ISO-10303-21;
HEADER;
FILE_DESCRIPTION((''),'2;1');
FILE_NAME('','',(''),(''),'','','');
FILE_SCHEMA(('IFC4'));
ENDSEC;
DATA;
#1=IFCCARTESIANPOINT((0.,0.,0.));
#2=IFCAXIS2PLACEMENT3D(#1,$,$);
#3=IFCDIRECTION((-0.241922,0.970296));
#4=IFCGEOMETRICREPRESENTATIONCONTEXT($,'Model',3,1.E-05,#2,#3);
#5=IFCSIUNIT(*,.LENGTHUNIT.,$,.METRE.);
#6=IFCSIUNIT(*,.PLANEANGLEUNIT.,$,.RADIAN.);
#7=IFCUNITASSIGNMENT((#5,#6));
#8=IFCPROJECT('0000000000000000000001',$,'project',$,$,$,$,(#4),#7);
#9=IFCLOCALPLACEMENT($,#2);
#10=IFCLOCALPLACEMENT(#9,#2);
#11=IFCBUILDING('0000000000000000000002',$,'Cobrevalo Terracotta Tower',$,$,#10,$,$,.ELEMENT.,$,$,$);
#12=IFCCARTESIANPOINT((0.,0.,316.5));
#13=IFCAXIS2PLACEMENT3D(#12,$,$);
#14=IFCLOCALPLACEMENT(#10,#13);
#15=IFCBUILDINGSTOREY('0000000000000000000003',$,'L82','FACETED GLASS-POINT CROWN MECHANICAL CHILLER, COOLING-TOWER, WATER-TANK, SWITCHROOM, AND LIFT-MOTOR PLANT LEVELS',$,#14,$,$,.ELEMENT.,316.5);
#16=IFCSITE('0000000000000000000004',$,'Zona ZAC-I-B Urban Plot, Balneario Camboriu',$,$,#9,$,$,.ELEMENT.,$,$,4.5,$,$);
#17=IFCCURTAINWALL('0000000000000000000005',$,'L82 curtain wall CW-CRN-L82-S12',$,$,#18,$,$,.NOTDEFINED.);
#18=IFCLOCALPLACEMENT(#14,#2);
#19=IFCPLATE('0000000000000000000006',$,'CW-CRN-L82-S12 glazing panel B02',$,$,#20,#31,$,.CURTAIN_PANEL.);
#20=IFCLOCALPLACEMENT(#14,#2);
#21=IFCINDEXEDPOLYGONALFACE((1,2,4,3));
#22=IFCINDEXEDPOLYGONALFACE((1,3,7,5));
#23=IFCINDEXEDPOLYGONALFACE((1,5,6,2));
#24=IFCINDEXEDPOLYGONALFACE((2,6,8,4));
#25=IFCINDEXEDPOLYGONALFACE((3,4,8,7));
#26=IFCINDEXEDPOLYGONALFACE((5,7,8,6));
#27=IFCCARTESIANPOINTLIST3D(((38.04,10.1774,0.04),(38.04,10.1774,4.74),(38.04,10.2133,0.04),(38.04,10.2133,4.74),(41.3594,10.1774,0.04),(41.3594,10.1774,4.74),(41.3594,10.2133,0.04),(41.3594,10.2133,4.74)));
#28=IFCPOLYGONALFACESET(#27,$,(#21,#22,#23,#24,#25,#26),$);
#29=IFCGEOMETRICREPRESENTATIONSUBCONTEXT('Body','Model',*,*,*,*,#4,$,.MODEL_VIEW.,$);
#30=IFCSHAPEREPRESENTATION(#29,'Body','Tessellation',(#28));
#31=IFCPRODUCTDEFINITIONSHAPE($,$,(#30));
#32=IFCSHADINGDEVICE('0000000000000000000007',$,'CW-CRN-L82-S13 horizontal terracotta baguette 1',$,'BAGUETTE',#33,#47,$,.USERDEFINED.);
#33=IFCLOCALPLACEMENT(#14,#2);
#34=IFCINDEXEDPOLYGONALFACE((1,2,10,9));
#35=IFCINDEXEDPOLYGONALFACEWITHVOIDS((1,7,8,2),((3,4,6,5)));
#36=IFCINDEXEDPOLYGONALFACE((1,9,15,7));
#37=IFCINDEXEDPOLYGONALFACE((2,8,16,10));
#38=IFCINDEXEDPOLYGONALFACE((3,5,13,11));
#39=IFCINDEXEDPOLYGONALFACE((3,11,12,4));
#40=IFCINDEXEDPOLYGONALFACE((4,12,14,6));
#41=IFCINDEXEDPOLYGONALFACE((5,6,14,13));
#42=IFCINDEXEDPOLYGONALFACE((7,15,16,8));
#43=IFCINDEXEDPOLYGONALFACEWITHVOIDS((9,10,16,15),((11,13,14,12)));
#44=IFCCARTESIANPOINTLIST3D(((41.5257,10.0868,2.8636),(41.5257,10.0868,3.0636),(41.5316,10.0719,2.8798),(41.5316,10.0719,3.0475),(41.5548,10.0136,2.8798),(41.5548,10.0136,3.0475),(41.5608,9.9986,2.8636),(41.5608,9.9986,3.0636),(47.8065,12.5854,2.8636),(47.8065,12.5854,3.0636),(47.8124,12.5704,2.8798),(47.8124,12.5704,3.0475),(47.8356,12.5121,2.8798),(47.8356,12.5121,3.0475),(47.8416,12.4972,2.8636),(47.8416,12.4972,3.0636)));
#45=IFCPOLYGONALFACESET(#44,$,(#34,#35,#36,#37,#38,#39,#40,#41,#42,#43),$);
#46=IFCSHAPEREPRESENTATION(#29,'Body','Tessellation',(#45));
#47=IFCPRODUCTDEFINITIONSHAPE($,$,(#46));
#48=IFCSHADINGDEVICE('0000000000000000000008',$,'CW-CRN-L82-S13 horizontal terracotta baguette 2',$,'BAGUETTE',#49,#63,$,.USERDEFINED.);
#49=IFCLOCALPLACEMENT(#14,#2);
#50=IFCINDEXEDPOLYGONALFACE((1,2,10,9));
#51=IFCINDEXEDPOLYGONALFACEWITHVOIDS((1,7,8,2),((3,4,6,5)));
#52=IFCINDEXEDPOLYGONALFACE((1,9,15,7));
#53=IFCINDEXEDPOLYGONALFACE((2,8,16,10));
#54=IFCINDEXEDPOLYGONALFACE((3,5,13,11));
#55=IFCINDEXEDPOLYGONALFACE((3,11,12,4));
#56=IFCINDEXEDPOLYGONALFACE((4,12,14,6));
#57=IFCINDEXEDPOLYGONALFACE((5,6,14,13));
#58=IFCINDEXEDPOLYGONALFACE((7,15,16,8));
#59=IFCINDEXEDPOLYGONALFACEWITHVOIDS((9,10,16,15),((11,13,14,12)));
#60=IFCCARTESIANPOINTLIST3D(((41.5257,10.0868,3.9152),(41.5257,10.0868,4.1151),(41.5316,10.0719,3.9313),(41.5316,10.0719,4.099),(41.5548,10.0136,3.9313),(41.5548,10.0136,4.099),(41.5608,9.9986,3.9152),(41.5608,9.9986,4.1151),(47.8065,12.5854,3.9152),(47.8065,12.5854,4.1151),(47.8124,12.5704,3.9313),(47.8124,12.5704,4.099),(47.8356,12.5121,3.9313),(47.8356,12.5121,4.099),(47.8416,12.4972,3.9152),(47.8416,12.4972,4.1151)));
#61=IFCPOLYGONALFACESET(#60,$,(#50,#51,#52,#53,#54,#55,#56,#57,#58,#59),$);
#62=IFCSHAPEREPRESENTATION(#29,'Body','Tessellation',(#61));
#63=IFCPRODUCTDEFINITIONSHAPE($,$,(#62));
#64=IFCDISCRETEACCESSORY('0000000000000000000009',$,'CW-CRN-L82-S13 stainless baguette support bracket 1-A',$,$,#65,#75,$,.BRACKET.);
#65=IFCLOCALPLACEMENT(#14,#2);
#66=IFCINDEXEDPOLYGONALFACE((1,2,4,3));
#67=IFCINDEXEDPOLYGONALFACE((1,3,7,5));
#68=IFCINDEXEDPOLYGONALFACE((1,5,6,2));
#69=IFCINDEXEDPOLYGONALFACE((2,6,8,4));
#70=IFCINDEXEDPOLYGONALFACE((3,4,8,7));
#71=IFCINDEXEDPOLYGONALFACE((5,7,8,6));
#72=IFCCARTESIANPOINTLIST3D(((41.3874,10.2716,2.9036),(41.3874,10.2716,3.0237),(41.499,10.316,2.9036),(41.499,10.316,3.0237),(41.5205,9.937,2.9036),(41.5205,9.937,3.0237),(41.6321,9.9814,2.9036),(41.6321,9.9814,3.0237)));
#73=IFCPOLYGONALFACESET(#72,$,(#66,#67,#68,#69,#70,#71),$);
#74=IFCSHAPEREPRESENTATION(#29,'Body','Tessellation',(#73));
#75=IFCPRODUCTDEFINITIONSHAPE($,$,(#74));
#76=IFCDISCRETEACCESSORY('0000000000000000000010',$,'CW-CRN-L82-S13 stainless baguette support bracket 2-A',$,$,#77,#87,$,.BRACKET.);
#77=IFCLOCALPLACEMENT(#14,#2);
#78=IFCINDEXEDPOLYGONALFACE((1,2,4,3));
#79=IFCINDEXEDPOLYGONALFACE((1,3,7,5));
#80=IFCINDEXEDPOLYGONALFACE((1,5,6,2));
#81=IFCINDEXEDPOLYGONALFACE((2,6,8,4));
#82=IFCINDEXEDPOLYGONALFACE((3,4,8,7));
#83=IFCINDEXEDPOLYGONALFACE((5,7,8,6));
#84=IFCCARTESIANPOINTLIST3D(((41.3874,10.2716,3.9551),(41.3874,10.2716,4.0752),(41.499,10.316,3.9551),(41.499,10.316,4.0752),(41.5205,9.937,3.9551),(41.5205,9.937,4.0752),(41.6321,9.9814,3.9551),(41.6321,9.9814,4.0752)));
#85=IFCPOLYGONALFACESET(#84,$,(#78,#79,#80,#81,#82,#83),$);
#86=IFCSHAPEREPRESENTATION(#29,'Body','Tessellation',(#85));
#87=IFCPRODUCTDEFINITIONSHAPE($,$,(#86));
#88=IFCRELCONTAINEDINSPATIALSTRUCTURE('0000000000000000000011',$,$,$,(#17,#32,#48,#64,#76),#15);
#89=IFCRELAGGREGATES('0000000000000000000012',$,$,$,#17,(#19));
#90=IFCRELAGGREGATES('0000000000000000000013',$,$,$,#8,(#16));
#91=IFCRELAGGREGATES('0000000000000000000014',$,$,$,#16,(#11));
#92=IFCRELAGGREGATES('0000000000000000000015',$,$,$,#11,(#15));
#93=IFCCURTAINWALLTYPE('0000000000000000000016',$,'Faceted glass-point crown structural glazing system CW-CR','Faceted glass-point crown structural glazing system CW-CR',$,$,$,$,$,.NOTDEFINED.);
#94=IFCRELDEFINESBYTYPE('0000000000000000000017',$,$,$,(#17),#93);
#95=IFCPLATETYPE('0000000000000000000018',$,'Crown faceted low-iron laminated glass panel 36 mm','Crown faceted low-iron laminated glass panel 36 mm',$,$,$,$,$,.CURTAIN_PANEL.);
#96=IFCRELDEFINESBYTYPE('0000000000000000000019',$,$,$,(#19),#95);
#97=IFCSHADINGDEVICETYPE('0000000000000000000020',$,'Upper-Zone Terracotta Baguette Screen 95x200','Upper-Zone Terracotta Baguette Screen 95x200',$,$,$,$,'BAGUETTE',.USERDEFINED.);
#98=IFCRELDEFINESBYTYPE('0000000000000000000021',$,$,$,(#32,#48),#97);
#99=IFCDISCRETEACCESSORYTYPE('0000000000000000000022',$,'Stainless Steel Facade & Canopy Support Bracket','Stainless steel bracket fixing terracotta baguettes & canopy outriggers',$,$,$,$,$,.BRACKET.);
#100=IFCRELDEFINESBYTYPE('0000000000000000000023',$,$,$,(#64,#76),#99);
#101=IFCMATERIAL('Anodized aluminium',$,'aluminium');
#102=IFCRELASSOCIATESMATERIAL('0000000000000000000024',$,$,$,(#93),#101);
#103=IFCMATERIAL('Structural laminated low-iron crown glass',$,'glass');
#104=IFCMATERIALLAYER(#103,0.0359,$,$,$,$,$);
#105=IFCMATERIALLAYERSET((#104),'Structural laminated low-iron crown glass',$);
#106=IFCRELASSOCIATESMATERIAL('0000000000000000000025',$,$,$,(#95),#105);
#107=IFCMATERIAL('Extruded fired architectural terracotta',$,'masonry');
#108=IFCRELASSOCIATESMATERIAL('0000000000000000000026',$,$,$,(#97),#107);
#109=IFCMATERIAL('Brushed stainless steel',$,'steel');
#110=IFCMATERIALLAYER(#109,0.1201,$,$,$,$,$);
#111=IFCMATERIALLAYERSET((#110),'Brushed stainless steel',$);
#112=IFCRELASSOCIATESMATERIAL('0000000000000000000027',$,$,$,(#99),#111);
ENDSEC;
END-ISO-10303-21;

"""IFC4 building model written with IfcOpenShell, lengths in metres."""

from ifc_helpers import new_model, si_unit, direction, frame, origin, origin_2d, place, context, subcontext, project, spatial, rectangle, hollow_rectangle, extrude, source, transform, mapped, material, layer, layer_set, material_profile, profile_set, type_object, element, aggregate, save


model = new_model("IFC4")

# Units and contexts
model_context = context("Model", 3, precision=1e-05, world=origin(), true_north=direction((-0.241922, 0.970296)))
body_context = subcontext(model_context, "Body", "Model", "MODEL_VIEW")
ifc_project = project(units=[si_unit("LENGTHUNIT", "METRE"), si_unit("PLANEANGLEUNIT", "RADIAN")], contexts=[model_context])

# Site, building, storey
site_placement = place(None, origin())
site = spatial("IfcSite", under=ifc_project, at=site_placement, Name="Zona ZAC-I-B Urban Plot, Balneario Camboriu", CompositionType="ELEMENT", RefElevation=4.5)
building_placement = place(site_placement, origin())
building = spatial("IfcBuilding", under=site, at=building_placement, Name="Cobrevalo Terracotta Tower", CompositionType="ELEMENT")
storey_placement = place(building_placement, frame((0.0, 0.0, 316.5)))
storey = spatial("IfcBuildingStorey", under=building, at=storey_placement, Name="L82", Description="FACETED GLASS-POINT CROWN MECHANICAL CHILLER, COOLING-TOWER, WATER-TANK, SWITCHROOM, AND LIFT-MOTOR PLANT LEVELS", CompositionType="ELEMENT", Elevation=316.5)

# Curtain wall
ifc_material_1 = material(Name="Anodized aluminium", Category="aluminium")
curtain_wall_type = type_object("IfcCurtainWallType", Name="Faceted glass-point crown structural glazing system CW-CR", Description="Faceted glass-point crown structural glazing system CW-CR", PredefinedType="NOTDEFINED", material=ifc_material_1)
curtain_wall_1_placement = place(storey_placement, origin())
curtain_wall_1 = element("IfcCurtainWall", 1, at=curtain_wall_1_placement, inside=storey, type_object=curtain_wall_type, Name="L82 curtain wall CW-CRN-L82-S12", PredefinedType="NOTDEFINED")

# Plate
ifc_material_2 = material(Name="Structural laminated low-iron crown glass", Category="glass")
ifc_layer_1 = layer(ifc_material_2, 0.0359)
ifc_layer_set_1 = layer_set([ifc_layer_1], Name="Structural laminated low-iron crown glass")
plate_type_1 = type_object("IfcPlateType", Name="Crown faceted low-iron laminated glass panel 36 mm", Description="Crown faceted low-iron laminated glass panel 36 mm", PredefinedType="CURTAIN_PANEL", material=ifc_layer_set_1)
shared_shape_1 = source(origin(), body_context, "Body", "SweptSolid", [
    extrude(rectangle(XDim=3.3193, YDim=0.0359, at=origin_2d()), origin(), (0.0, 0.0, 1.0), 4.7),
])
plate_1_placement = place(storey_placement, frame((39.6997, 10.1953, 0.04), z_axis=(0.0, 0.0, 1.0), x_axis=(1.0, 0.0, 0.0)))
plate_1 = element("IfcPlate", 2, at=plate_1_placement, type_object=plate_type_1, Name="CW-CRN-L82-S12 glazing panel B02", PredefinedType="CURTAIN_PANEL", context=body_context, shape_type="MappedRepresentation", body=[
    mapped(shared_shape_1, transform((0.0, 0.0, 0.0), scale=1.0)),
])
aggregate(curtain_wall_1, [plate_1])

# Shading devices
ifc_material_3 = material(Name="Extruded fired architectural terracotta", Category="masonry")
ifc_material_profile_1 = material_profile(ifc_material_3, hollow_rectangle(XDim=0.095, YDim=0.2, WallThickness=0.0161, at=origin_2d()), Name="BAGUETTE 95x200")
ifc_profile_set_1 = profile_set([ifc_material_profile_1], Name="Extruded fired architectural terracotta")
shading_device_type = type_object("IfcShadingDeviceType", Name="Upper-Zone Terracotta Baguette Screen 95x200", Description="Upper-Zone Terracotta Baguette Screen 95x200", ElementType="BAGUETTE", PredefinedType="USERDEFINED", material=ifc_profile_set_1)
shared_shape_2 = source(origin(), body_context, "Body", "SweptSolid", [
    extrude(hollow_rectangle(XDim=0.095, YDim=0.2, WallThickness=0.0161, at=origin_2d()), origin(), (0.0, 0.0, 1.0), 6.7595),
])
for number, where, z_axis, x_axis, name in (
    (3, (41.5432, 10.0427, 2.9636), (0.929177, 0.369634, 0.0), (-0.369634, 0.929177, 0.0), "CW-CRN-L82-S13 horizontal terracotta baguette 1"),
    (4, (41.5432, 10.0427, 4.0151), (0.929177, 0.369634, 0.0), (-0.369634, 0.929177, 0.0), "CW-CRN-L82-S13 horizontal terracotta baguette 2"),
):
    element("IfcShadingDevice", number, at=place(storey_placement, frame(where, z_axis=z_axis, x_axis=x_axis)), inside=storey, type_object=shading_device_type, Name=name, ObjectType="BAGUETTE", PredefinedType="USERDEFINED", context=body_context, shape_type="MappedRepresentation", body=[
        mapped(shared_shape_2, transform((0.0, 0.0, 0.0), scale=1.0)),
    ])

# Discrete accessories
ifc_material_4 = material(Name="Brushed stainless steel", Category="steel")
ifc_layer_2 = layer(ifc_material_4, 0.1201)
ifc_layer_set_2 = layer_set([ifc_layer_2], Name="Brushed stainless steel")
discrete_accessory_type = type_object("IfcDiscreteAccessoryType", Name="Stainless Steel Facade & Canopy Support Bracket", Description="Stainless steel bracket fixing terracotta baguettes & canopy outriggers", PredefinedType="BRACKET", material=ifc_layer_set_2)
shared_shape_3 = source(origin(), body_context, "Body", "SweptSolid", [
    extrude(rectangle(XDim=0.1201, YDim=0.3601, at=origin_2d()), origin(), (0.0, 0.0, 1.0), 0.1201),
])
for number, where, z_axis, x_axis, name in (
    (5, (41.5098, 10.1265, 2.9036), (0.0, 0.0, 1.0), (0.929191, 0.369601, 0.0), "CW-CRN-L82-S13 stainless baguette support bracket 1-A"),
    (6, (41.5098, 10.1265, 3.9551), (0.0, 0.0, 1.0), (0.929191, 0.369601, 0.0), "CW-CRN-L82-S13 stainless baguette support bracket 2-A"),
):
    element("IfcDiscreteAccessory", number, at=place(storey_placement, frame(where, z_axis=z_axis, x_axis=x_axis)), inside=storey, type_object=discrete_accessory_type, Name=name, PredefinedType="BRACKET", context=body_context, shape_type="MappedRepresentation", body=[
        mapped(shared_shape_3, transform((0.0, 0.0, 0.0), scale=1.0)),
    ])

save(model, "model.ifc")
